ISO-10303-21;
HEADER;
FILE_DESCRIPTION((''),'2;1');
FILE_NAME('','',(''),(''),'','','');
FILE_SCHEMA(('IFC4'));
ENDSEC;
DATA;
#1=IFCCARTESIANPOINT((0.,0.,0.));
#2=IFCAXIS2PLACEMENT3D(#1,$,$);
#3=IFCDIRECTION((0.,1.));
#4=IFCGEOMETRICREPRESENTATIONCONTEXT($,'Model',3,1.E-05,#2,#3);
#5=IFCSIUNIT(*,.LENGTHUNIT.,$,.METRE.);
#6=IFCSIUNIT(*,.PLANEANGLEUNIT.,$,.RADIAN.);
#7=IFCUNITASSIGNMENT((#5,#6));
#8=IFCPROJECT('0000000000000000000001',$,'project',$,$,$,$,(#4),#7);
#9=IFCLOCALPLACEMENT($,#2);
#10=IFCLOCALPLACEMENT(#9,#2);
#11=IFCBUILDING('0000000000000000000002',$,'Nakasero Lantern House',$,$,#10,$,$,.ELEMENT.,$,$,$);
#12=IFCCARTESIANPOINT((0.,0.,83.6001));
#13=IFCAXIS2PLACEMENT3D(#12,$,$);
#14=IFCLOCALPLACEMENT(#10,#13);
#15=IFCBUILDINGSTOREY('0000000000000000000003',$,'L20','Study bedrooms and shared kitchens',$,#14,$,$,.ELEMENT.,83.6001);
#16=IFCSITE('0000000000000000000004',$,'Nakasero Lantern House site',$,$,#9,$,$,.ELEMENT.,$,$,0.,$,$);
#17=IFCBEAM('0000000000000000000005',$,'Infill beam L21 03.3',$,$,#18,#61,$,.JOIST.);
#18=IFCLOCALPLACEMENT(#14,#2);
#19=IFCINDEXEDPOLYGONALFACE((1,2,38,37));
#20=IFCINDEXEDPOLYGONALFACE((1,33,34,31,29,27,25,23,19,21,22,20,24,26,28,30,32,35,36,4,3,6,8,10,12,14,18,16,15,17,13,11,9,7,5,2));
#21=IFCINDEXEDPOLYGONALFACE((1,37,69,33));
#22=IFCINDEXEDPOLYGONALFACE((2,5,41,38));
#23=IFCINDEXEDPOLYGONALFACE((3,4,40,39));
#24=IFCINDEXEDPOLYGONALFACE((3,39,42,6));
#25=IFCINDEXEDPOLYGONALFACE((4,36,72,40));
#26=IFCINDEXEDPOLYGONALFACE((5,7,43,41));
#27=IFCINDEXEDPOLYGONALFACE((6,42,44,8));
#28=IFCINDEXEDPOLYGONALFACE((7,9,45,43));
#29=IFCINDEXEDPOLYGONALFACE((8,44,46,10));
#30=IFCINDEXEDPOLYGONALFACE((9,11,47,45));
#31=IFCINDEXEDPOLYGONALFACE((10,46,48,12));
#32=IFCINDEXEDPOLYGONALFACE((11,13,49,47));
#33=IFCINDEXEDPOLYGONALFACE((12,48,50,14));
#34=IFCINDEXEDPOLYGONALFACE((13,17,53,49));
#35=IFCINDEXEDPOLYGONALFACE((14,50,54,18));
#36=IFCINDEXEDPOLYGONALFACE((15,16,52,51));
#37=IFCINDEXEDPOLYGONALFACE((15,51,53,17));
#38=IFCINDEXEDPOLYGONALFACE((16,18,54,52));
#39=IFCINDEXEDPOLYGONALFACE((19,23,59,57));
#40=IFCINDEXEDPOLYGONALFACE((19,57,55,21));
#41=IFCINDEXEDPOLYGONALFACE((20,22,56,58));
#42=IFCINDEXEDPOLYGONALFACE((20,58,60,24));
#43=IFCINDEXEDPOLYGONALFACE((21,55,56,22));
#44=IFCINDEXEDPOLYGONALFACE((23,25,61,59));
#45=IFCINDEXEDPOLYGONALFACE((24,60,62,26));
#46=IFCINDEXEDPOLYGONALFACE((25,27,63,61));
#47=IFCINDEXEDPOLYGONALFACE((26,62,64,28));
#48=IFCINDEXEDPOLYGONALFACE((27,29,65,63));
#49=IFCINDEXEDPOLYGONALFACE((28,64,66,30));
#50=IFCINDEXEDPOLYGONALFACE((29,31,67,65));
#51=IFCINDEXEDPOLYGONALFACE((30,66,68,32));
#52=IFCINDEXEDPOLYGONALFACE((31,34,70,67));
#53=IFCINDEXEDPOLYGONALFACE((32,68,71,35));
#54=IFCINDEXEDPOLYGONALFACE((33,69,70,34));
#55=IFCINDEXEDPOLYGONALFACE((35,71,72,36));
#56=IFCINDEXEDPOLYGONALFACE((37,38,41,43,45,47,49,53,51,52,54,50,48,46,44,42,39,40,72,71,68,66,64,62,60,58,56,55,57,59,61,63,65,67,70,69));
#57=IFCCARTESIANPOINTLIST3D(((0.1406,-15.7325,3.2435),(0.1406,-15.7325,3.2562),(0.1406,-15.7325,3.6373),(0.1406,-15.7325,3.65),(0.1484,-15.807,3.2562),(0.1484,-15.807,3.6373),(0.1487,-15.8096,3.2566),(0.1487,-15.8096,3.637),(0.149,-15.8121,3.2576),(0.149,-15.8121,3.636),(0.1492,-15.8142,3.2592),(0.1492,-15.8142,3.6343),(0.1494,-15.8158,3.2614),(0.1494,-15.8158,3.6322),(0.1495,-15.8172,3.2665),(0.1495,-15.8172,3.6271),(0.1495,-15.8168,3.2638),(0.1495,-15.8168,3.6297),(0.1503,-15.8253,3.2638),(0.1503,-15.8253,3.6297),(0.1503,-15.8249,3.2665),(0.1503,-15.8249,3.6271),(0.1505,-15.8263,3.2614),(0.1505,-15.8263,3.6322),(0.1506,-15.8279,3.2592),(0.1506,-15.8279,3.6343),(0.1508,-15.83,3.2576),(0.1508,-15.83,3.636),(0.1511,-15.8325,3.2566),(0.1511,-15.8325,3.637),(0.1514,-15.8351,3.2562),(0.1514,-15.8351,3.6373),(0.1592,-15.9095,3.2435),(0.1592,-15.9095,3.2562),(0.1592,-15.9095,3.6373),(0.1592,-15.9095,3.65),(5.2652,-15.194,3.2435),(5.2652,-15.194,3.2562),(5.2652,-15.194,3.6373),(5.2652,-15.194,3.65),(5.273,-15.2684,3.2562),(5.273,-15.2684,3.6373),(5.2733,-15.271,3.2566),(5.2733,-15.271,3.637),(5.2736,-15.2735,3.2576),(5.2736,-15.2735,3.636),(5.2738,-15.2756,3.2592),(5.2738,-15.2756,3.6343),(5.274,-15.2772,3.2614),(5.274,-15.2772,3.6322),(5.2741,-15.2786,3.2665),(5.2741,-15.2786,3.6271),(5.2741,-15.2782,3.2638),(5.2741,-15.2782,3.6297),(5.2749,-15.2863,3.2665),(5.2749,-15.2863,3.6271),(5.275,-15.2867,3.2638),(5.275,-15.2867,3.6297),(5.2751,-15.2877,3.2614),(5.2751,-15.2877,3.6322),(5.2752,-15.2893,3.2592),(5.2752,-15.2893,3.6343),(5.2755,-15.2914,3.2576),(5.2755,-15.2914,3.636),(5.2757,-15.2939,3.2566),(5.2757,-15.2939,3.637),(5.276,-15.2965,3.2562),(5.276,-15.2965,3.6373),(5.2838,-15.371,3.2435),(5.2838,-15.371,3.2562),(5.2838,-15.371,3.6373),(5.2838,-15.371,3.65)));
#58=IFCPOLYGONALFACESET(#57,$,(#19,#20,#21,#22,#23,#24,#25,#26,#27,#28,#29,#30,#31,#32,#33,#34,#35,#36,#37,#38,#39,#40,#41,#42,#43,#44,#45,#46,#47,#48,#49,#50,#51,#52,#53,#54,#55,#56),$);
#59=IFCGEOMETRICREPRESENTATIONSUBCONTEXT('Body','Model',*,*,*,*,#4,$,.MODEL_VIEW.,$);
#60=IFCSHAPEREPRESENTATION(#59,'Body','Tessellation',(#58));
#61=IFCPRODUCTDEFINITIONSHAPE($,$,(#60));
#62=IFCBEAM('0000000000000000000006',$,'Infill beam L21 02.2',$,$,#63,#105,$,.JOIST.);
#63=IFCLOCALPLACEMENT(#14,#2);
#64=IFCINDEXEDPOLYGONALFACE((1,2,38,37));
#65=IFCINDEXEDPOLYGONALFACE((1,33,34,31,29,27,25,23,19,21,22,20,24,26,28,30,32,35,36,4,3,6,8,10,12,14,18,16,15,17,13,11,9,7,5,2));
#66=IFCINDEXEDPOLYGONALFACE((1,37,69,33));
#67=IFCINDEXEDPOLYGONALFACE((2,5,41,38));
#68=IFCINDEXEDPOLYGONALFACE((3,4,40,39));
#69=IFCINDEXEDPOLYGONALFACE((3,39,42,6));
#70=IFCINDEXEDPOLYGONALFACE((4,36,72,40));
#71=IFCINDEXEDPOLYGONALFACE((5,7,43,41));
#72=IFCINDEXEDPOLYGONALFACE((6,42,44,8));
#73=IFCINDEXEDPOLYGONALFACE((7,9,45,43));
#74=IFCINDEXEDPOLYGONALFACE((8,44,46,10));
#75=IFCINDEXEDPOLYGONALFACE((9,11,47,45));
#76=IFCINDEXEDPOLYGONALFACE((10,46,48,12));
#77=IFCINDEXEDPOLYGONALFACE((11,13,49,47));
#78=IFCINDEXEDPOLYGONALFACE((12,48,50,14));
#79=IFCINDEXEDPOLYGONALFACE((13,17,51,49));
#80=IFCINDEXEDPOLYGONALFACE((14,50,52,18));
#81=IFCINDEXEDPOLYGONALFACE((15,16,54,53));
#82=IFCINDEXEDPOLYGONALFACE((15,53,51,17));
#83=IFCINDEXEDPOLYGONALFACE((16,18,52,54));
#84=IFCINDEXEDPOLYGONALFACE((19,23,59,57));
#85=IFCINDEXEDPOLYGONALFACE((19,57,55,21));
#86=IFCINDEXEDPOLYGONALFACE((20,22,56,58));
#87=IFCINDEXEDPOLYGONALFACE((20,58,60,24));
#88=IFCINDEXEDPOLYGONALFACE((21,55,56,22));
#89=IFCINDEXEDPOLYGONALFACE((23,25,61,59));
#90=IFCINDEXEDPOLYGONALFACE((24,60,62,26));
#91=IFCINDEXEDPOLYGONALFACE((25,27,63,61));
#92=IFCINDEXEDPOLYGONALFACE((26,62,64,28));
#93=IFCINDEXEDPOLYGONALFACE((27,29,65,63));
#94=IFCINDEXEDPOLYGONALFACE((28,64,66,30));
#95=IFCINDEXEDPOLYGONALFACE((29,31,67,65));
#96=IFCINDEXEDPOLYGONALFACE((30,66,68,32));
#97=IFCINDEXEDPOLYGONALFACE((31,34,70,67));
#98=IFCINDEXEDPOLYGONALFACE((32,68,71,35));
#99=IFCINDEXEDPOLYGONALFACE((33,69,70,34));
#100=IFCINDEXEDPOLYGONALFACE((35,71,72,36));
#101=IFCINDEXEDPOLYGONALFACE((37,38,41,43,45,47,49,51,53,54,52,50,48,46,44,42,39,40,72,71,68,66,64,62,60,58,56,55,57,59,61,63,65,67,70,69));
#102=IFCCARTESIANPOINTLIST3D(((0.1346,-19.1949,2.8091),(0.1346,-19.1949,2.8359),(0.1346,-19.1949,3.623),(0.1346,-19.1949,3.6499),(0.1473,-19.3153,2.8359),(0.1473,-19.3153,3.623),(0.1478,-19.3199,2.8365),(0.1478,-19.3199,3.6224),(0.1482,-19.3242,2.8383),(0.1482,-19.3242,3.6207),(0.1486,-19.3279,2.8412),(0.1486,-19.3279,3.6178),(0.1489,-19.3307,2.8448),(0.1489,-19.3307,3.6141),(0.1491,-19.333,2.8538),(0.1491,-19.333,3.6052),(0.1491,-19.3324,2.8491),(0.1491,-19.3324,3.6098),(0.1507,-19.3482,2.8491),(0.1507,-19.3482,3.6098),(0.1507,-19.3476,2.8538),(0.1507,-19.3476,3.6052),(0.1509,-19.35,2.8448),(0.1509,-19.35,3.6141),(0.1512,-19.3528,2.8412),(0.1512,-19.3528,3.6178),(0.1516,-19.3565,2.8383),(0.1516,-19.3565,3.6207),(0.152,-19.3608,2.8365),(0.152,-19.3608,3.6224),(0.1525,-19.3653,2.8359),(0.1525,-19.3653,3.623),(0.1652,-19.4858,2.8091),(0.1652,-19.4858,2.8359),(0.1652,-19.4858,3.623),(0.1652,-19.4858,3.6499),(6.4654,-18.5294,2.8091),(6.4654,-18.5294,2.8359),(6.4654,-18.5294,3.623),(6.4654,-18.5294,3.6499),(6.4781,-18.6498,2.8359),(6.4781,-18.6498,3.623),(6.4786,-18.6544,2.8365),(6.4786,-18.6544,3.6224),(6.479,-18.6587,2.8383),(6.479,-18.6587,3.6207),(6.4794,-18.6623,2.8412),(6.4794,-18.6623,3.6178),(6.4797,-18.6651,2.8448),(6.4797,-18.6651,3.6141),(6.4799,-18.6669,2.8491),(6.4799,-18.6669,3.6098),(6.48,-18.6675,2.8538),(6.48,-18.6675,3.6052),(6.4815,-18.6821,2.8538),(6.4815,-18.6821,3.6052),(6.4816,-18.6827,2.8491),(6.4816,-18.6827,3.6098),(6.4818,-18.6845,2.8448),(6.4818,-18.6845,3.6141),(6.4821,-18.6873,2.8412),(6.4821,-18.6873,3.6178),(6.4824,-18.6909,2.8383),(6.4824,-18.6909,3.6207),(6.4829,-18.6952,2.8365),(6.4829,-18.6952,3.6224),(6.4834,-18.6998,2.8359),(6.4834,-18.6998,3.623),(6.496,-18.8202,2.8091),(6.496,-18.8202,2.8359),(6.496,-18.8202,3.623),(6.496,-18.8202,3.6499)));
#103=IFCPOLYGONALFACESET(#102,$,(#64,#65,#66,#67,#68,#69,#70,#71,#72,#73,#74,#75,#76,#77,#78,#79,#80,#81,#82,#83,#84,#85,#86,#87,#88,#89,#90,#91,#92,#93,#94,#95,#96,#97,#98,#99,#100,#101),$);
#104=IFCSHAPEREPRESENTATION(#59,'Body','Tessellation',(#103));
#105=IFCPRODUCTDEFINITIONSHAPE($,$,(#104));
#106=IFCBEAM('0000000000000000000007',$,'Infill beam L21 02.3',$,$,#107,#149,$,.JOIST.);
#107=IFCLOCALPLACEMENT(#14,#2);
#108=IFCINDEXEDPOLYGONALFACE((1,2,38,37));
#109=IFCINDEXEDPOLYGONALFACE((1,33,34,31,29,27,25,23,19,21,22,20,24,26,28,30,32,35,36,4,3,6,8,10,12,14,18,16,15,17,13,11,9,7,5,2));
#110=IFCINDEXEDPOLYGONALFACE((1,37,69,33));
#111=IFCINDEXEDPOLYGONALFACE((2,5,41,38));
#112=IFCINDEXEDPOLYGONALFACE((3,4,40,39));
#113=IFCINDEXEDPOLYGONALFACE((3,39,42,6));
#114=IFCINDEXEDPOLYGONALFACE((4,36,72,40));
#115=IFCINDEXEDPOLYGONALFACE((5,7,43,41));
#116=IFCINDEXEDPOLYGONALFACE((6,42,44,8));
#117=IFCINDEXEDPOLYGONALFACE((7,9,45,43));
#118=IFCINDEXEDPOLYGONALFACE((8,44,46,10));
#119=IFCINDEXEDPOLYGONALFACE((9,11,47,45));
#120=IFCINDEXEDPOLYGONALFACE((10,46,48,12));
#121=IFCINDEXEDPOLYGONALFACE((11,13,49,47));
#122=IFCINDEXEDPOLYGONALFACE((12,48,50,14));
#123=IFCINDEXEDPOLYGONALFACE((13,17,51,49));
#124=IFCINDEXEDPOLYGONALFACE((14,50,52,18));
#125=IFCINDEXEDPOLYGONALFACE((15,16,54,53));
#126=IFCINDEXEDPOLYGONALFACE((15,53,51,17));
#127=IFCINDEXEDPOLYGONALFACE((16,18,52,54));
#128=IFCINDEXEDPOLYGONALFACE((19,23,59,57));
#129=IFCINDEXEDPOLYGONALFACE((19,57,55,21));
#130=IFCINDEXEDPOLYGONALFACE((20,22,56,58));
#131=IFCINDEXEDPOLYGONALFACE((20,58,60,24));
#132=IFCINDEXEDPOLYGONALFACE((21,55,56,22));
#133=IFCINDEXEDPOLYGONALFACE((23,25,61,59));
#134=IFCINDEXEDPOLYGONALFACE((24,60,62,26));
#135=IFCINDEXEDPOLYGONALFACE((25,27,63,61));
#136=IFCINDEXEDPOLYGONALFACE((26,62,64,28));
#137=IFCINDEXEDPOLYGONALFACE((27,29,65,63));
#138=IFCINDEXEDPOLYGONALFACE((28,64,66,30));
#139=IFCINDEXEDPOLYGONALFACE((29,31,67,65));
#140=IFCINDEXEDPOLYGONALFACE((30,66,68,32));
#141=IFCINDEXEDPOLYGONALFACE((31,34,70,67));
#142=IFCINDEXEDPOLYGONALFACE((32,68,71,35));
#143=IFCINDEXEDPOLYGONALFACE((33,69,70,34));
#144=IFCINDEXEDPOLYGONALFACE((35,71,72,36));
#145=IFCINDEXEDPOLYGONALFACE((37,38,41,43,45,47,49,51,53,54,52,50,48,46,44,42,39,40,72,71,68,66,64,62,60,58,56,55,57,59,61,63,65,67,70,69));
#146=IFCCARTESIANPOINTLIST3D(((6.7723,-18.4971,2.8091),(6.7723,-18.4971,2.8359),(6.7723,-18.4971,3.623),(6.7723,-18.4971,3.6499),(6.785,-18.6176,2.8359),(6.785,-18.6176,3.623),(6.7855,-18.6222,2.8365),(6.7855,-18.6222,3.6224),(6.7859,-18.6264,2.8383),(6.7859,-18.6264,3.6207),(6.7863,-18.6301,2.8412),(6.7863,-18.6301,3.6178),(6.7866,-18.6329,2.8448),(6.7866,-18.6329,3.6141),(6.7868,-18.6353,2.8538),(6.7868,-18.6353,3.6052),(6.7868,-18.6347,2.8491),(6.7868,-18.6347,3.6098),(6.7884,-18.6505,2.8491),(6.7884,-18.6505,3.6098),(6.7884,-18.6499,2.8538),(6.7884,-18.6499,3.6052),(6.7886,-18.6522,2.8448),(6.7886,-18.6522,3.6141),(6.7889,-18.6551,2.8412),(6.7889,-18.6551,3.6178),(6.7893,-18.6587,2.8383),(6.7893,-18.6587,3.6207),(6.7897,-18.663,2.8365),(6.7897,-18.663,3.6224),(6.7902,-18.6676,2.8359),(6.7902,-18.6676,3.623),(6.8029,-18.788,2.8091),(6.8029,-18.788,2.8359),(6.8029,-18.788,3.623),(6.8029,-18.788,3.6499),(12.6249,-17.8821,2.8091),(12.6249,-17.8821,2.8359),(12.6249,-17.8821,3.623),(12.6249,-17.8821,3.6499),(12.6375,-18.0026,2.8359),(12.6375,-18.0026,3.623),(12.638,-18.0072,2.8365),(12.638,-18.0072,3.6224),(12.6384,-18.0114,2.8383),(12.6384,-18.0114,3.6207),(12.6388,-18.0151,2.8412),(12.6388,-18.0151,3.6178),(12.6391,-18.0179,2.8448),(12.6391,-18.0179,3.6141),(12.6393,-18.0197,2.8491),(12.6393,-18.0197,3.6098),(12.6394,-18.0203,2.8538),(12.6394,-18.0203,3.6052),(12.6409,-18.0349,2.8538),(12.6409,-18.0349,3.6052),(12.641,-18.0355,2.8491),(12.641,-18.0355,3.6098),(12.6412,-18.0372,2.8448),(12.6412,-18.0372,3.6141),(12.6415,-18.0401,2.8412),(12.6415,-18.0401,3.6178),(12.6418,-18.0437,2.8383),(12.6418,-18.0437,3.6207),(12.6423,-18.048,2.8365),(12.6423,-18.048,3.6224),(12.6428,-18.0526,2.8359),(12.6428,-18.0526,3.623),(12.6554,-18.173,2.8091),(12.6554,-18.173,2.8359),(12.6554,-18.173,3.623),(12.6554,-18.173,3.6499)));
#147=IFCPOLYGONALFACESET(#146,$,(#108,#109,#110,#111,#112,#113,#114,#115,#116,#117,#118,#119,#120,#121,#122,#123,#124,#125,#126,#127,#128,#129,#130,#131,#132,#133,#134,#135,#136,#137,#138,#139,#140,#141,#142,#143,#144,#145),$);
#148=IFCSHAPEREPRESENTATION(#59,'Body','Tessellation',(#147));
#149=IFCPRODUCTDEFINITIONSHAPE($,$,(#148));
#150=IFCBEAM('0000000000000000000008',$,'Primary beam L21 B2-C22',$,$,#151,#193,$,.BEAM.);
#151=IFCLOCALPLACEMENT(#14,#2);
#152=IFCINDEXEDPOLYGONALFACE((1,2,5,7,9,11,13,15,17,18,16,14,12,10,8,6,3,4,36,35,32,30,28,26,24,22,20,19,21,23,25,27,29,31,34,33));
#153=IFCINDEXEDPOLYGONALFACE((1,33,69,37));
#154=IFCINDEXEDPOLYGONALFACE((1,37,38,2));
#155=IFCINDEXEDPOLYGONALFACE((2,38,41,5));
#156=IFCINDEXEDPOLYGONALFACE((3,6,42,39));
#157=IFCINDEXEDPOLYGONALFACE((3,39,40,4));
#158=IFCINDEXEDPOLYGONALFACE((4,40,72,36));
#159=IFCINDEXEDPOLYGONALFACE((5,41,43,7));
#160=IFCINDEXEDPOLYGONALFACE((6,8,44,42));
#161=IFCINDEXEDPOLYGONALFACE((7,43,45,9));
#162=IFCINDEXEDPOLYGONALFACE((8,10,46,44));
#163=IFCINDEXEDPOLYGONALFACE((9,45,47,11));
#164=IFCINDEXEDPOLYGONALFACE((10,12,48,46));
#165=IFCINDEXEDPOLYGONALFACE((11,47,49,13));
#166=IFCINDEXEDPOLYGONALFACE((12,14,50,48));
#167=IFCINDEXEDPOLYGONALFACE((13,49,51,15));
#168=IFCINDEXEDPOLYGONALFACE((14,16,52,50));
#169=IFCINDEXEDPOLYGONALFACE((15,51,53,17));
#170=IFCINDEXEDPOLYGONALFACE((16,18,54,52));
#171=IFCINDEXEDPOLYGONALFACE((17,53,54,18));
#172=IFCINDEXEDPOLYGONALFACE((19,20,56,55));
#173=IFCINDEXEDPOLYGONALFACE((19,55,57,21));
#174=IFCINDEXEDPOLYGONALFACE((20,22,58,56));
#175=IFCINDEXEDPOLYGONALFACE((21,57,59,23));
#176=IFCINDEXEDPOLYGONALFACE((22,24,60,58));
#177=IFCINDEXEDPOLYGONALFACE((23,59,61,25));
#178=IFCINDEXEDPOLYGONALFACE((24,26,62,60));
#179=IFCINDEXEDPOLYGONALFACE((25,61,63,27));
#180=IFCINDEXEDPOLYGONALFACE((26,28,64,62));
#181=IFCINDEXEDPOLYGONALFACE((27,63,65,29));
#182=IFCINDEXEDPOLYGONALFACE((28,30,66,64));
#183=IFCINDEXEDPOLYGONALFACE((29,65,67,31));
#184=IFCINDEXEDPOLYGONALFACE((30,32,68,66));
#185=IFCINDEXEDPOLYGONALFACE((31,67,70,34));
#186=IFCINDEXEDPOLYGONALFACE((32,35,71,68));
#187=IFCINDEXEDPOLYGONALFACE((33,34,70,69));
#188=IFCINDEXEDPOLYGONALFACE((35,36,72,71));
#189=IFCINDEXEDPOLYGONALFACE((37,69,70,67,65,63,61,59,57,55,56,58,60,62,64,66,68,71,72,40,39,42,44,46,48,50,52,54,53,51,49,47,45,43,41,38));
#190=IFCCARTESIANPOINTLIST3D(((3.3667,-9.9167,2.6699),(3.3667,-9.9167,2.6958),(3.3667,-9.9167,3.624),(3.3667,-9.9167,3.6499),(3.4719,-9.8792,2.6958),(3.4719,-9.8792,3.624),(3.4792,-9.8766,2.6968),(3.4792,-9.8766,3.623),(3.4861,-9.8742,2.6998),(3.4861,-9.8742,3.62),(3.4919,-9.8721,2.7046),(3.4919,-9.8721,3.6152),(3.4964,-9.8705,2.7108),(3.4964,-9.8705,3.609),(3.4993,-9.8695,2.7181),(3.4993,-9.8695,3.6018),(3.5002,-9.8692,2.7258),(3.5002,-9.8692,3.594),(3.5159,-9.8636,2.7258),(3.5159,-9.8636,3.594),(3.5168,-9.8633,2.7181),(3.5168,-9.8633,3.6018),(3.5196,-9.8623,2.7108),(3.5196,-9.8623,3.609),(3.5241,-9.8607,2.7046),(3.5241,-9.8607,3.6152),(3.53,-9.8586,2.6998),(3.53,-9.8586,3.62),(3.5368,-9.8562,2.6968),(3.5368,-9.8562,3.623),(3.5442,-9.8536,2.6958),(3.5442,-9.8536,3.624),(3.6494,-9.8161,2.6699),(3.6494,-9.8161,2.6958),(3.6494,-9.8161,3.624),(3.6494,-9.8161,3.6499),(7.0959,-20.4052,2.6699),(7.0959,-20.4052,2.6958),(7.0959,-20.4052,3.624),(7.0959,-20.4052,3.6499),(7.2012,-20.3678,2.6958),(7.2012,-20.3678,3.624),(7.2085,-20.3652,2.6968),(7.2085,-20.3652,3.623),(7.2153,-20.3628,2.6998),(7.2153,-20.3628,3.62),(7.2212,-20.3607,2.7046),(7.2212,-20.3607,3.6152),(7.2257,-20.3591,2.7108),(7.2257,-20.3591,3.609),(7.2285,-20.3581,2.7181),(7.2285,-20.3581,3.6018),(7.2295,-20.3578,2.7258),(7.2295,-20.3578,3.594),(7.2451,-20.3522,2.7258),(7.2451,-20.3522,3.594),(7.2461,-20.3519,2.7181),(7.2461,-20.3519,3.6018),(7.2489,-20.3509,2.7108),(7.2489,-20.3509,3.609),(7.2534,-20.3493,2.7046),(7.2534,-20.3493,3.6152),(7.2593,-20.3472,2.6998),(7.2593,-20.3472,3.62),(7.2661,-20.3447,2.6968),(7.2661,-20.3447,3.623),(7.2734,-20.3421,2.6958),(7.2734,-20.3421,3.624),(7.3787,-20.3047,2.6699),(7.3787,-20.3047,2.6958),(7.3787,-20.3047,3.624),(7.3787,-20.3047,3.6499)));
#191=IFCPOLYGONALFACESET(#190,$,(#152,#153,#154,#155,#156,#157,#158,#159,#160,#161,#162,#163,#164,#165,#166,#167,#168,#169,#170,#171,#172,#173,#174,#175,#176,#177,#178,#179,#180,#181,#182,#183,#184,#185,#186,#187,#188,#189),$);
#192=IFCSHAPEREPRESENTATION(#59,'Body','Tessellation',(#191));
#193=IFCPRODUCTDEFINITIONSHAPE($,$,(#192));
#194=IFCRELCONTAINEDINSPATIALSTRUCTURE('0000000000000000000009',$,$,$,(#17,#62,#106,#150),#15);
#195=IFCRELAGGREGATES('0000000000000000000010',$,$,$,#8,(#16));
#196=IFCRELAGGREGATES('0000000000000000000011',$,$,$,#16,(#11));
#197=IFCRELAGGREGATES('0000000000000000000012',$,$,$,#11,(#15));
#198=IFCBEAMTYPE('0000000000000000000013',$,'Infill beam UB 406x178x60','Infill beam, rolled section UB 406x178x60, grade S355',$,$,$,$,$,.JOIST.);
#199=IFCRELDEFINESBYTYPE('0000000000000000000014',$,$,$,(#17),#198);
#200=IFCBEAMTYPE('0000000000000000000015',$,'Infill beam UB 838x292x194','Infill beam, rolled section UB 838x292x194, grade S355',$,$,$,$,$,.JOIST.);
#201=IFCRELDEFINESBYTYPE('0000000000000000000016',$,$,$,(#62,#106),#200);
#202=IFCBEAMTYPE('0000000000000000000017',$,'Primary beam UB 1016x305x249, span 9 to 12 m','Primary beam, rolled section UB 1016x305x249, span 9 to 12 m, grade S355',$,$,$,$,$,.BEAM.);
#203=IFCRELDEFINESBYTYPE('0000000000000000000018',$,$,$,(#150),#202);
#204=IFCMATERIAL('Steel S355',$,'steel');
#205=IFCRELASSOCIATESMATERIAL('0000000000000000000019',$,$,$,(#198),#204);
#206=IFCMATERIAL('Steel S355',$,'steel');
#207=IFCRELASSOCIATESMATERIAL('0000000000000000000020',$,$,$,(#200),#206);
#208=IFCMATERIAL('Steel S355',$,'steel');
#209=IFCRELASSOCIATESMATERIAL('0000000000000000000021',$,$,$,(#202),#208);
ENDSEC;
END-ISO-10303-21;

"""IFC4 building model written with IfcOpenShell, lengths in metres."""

from ifc_helpers import new_model, si_unit, direction, frame, origin, origin_2d, place, context, subcontext, project, spatial, i_section, extrude, material, material_profile, profile_set, type_object, element, save


model = new_model("IFC4")

# Units and contexts
model_context = context("Model", 3, precision=1e-05, world=origin(), true_north=direction((0.0, 1.0)))
body_context = subcontext(model_context, "Body", "Model", "MODEL_VIEW")
ifc_project = project(units=[si_unit("LENGTHUNIT", "METRE"), si_unit("PLANEANGLEUNIT", "RADIAN")], contexts=[model_context])

# Site, building, storey
site_placement = place(None, origin())
site = spatial("IfcSite", under=ifc_project, at=site_placement, Name="Nakasero Lantern House site", CompositionType="ELEMENT", RefElevation=0.0)
building_placement = place(site_placement, origin())
building = spatial("IfcBuilding", under=site, at=building_placement, Name="Nakasero Lantern House", CompositionType="ELEMENT")
storey_placement = place(building_placement, frame((0.0, 0.0, 83.6001)))
storey = spatial("IfcBuildingStorey", under=building, at=storey_placement, Name="L20", Description="Study bedrooms and shared kitchens", CompositionType="ELEMENT", Elevation=83.6001)

# Beams
ifc_material_1 = material(Name="Steel S355", Category="steel")
ifc_material_profile_1 = material_profile(ifc_material_1, i_section(OverallWidth=0.178, OverallDepth=0.4065, WebThickness=0.0078, FlangeThickness=0.0127, FilletRadius=0.0103, at=origin_2d()), Name="UB 406x178x60")
ifc_profile_set_1 = profile_set([ifc_material_profile_1], Name="Steel S355")
beam_type_1 = type_object("IfcBeamType", Name="Infill beam UB 406x178x60", Description="Infill beam, rolled section UB 406x178x60, grade S355", PredefinedType="JOIST", material=ifc_profile_set_1)
beam_1_placement = place(storey_placement, frame((0.1499, -15.821, 3.4468), z_axis=(0.994523, 0.104522, 0.0), x_axis=(-0.104522, 0.994523, 0.0)))
element("IfcBeam", 1, at=beam_1_placement, inside=storey, type_object=beam_type_1, Name="Infill beam L21 03.3", PredefinedType="JOIST", context=body_context, shape_type="SweptSolid", body=[
    extrude(i_section(OverallWidth=0.178, OverallDepth=0.4065, WebThickness=0.0078, FlangeThickness=0.0127, FilletRadius=0.0103, at=origin_2d()), origin(), (0.0, 0.0, 1.0), 5.1528),
])
ifc_material_2 = material(Name="Steel S355", Category="steel")
ifc_material_profile_2 = material_profile(ifc_material_2, i_section(OverallWidth=0.2925, OverallDepth=0.8408, WebThickness=0.0146, FlangeThickness=0.0269, FilletRadius=0.0178, at=origin_2d()), Name="UB 838x292x194")
ifc_profile_set_2 = profile_set([ifc_material_profile_2], Name="Steel S355")
beam_type_2 = type_object("IfcBeamType", Name="Infill beam UB 838x292x194", Description="Infill beam, rolled section UB 838x292x194, grade S355", PredefinedType="JOIST", material=ifc_profile_set_2)
beam_2_placement = place(storey_placement, frame((0.1499, -19.3403, 3.2295), z_axis=(0.99452, 0.104549, 0.0), x_axis=(-0.104549, 0.99452, 0.0)))
element("IfcBeam", 2, at=beam_2_placement, inside=storey, type_object=beam_type_2, Name="Infill beam L21 02.2", PredefinedType="JOIST", context=body_context, shape_type="SweptSolid", body=[
    extrude(i_section(OverallWidth=0.2925, OverallDepth=0.8408, WebThickness=0.0146, FlangeThickness=0.0269, FilletRadius=0.0178, at=origin_2d()), origin(), (0.0, 0.0, 1.0), 6.3657),
])
beam_3_placement = place(storey_placement, frame((6.7876, -18.6426, 3.2295), z_axis=(0.994524, 0.104506, 0.0), x_axis=(-0.104506, 0.994524, 0.0)))
element("IfcBeam", 3, at=beam_3_placement, inside=storey, type_object=beam_type_2, Name="Infill beam L21 02.3", PredefinedType="JOIST", context=body_context, shape_type="SweptSolid", body=[
    extrude(i_section(OverallWidth=0.2925, OverallDepth=0.8408, WebThickness=0.0146, FlangeThickness=0.0269, FilletRadius=0.0178, at=origin_2d()), origin(), (0.0, 0.0, 1.0), 5.8848),
])
ifc_material_3 = material(Name="Steel S355", Category="steel")
ifc_material_profile_3 = material_profile(ifc_material_3, i_section(OverallWidth=0.3, OverallDepth=0.98, WebThickness=0.0166, FlangeThickness=0.0259, FilletRadius=0.03, at=origin_2d()), Name="UB 1016x305x249")
ifc_profile_set_3 = profile_set([ifc_material_profile_3], Name="Steel S355")
beam_type_3 = type_object("IfcBeamType", Name="Primary beam UB 1016x305x249, span 9 to 12 m", Description="Primary beam, rolled section UB 1016x305x249, span 9 to 12 m, grade S355", PredefinedType="BEAM", material=ifc_profile_set_3)
beam_4_placement = place(storey_placement, frame((7.2373, -20.355, 3.1599), z_axis=(-0.335009, 0.942215, 0.0), x_axis=(-0.942215, -0.335009, 0.0)))
element("IfcBeam", 4, at=beam_4_placement, inside=storey, type_object=beam_type_3, Name="Primary beam L21 B2-C22", PredefinedType="BEAM", context=body_context, shape_type="SweptSolid", body=[
    extrude(i_section(OverallWidth=0.3, OverallDepth=0.98, WebThickness=0.0166, FlangeThickness=0.0259, FilletRadius=0.03, at=origin_2d()), origin(), (0.0, 0.0, 1.0), 11.1318),
])

save(model, "model.ifc")
